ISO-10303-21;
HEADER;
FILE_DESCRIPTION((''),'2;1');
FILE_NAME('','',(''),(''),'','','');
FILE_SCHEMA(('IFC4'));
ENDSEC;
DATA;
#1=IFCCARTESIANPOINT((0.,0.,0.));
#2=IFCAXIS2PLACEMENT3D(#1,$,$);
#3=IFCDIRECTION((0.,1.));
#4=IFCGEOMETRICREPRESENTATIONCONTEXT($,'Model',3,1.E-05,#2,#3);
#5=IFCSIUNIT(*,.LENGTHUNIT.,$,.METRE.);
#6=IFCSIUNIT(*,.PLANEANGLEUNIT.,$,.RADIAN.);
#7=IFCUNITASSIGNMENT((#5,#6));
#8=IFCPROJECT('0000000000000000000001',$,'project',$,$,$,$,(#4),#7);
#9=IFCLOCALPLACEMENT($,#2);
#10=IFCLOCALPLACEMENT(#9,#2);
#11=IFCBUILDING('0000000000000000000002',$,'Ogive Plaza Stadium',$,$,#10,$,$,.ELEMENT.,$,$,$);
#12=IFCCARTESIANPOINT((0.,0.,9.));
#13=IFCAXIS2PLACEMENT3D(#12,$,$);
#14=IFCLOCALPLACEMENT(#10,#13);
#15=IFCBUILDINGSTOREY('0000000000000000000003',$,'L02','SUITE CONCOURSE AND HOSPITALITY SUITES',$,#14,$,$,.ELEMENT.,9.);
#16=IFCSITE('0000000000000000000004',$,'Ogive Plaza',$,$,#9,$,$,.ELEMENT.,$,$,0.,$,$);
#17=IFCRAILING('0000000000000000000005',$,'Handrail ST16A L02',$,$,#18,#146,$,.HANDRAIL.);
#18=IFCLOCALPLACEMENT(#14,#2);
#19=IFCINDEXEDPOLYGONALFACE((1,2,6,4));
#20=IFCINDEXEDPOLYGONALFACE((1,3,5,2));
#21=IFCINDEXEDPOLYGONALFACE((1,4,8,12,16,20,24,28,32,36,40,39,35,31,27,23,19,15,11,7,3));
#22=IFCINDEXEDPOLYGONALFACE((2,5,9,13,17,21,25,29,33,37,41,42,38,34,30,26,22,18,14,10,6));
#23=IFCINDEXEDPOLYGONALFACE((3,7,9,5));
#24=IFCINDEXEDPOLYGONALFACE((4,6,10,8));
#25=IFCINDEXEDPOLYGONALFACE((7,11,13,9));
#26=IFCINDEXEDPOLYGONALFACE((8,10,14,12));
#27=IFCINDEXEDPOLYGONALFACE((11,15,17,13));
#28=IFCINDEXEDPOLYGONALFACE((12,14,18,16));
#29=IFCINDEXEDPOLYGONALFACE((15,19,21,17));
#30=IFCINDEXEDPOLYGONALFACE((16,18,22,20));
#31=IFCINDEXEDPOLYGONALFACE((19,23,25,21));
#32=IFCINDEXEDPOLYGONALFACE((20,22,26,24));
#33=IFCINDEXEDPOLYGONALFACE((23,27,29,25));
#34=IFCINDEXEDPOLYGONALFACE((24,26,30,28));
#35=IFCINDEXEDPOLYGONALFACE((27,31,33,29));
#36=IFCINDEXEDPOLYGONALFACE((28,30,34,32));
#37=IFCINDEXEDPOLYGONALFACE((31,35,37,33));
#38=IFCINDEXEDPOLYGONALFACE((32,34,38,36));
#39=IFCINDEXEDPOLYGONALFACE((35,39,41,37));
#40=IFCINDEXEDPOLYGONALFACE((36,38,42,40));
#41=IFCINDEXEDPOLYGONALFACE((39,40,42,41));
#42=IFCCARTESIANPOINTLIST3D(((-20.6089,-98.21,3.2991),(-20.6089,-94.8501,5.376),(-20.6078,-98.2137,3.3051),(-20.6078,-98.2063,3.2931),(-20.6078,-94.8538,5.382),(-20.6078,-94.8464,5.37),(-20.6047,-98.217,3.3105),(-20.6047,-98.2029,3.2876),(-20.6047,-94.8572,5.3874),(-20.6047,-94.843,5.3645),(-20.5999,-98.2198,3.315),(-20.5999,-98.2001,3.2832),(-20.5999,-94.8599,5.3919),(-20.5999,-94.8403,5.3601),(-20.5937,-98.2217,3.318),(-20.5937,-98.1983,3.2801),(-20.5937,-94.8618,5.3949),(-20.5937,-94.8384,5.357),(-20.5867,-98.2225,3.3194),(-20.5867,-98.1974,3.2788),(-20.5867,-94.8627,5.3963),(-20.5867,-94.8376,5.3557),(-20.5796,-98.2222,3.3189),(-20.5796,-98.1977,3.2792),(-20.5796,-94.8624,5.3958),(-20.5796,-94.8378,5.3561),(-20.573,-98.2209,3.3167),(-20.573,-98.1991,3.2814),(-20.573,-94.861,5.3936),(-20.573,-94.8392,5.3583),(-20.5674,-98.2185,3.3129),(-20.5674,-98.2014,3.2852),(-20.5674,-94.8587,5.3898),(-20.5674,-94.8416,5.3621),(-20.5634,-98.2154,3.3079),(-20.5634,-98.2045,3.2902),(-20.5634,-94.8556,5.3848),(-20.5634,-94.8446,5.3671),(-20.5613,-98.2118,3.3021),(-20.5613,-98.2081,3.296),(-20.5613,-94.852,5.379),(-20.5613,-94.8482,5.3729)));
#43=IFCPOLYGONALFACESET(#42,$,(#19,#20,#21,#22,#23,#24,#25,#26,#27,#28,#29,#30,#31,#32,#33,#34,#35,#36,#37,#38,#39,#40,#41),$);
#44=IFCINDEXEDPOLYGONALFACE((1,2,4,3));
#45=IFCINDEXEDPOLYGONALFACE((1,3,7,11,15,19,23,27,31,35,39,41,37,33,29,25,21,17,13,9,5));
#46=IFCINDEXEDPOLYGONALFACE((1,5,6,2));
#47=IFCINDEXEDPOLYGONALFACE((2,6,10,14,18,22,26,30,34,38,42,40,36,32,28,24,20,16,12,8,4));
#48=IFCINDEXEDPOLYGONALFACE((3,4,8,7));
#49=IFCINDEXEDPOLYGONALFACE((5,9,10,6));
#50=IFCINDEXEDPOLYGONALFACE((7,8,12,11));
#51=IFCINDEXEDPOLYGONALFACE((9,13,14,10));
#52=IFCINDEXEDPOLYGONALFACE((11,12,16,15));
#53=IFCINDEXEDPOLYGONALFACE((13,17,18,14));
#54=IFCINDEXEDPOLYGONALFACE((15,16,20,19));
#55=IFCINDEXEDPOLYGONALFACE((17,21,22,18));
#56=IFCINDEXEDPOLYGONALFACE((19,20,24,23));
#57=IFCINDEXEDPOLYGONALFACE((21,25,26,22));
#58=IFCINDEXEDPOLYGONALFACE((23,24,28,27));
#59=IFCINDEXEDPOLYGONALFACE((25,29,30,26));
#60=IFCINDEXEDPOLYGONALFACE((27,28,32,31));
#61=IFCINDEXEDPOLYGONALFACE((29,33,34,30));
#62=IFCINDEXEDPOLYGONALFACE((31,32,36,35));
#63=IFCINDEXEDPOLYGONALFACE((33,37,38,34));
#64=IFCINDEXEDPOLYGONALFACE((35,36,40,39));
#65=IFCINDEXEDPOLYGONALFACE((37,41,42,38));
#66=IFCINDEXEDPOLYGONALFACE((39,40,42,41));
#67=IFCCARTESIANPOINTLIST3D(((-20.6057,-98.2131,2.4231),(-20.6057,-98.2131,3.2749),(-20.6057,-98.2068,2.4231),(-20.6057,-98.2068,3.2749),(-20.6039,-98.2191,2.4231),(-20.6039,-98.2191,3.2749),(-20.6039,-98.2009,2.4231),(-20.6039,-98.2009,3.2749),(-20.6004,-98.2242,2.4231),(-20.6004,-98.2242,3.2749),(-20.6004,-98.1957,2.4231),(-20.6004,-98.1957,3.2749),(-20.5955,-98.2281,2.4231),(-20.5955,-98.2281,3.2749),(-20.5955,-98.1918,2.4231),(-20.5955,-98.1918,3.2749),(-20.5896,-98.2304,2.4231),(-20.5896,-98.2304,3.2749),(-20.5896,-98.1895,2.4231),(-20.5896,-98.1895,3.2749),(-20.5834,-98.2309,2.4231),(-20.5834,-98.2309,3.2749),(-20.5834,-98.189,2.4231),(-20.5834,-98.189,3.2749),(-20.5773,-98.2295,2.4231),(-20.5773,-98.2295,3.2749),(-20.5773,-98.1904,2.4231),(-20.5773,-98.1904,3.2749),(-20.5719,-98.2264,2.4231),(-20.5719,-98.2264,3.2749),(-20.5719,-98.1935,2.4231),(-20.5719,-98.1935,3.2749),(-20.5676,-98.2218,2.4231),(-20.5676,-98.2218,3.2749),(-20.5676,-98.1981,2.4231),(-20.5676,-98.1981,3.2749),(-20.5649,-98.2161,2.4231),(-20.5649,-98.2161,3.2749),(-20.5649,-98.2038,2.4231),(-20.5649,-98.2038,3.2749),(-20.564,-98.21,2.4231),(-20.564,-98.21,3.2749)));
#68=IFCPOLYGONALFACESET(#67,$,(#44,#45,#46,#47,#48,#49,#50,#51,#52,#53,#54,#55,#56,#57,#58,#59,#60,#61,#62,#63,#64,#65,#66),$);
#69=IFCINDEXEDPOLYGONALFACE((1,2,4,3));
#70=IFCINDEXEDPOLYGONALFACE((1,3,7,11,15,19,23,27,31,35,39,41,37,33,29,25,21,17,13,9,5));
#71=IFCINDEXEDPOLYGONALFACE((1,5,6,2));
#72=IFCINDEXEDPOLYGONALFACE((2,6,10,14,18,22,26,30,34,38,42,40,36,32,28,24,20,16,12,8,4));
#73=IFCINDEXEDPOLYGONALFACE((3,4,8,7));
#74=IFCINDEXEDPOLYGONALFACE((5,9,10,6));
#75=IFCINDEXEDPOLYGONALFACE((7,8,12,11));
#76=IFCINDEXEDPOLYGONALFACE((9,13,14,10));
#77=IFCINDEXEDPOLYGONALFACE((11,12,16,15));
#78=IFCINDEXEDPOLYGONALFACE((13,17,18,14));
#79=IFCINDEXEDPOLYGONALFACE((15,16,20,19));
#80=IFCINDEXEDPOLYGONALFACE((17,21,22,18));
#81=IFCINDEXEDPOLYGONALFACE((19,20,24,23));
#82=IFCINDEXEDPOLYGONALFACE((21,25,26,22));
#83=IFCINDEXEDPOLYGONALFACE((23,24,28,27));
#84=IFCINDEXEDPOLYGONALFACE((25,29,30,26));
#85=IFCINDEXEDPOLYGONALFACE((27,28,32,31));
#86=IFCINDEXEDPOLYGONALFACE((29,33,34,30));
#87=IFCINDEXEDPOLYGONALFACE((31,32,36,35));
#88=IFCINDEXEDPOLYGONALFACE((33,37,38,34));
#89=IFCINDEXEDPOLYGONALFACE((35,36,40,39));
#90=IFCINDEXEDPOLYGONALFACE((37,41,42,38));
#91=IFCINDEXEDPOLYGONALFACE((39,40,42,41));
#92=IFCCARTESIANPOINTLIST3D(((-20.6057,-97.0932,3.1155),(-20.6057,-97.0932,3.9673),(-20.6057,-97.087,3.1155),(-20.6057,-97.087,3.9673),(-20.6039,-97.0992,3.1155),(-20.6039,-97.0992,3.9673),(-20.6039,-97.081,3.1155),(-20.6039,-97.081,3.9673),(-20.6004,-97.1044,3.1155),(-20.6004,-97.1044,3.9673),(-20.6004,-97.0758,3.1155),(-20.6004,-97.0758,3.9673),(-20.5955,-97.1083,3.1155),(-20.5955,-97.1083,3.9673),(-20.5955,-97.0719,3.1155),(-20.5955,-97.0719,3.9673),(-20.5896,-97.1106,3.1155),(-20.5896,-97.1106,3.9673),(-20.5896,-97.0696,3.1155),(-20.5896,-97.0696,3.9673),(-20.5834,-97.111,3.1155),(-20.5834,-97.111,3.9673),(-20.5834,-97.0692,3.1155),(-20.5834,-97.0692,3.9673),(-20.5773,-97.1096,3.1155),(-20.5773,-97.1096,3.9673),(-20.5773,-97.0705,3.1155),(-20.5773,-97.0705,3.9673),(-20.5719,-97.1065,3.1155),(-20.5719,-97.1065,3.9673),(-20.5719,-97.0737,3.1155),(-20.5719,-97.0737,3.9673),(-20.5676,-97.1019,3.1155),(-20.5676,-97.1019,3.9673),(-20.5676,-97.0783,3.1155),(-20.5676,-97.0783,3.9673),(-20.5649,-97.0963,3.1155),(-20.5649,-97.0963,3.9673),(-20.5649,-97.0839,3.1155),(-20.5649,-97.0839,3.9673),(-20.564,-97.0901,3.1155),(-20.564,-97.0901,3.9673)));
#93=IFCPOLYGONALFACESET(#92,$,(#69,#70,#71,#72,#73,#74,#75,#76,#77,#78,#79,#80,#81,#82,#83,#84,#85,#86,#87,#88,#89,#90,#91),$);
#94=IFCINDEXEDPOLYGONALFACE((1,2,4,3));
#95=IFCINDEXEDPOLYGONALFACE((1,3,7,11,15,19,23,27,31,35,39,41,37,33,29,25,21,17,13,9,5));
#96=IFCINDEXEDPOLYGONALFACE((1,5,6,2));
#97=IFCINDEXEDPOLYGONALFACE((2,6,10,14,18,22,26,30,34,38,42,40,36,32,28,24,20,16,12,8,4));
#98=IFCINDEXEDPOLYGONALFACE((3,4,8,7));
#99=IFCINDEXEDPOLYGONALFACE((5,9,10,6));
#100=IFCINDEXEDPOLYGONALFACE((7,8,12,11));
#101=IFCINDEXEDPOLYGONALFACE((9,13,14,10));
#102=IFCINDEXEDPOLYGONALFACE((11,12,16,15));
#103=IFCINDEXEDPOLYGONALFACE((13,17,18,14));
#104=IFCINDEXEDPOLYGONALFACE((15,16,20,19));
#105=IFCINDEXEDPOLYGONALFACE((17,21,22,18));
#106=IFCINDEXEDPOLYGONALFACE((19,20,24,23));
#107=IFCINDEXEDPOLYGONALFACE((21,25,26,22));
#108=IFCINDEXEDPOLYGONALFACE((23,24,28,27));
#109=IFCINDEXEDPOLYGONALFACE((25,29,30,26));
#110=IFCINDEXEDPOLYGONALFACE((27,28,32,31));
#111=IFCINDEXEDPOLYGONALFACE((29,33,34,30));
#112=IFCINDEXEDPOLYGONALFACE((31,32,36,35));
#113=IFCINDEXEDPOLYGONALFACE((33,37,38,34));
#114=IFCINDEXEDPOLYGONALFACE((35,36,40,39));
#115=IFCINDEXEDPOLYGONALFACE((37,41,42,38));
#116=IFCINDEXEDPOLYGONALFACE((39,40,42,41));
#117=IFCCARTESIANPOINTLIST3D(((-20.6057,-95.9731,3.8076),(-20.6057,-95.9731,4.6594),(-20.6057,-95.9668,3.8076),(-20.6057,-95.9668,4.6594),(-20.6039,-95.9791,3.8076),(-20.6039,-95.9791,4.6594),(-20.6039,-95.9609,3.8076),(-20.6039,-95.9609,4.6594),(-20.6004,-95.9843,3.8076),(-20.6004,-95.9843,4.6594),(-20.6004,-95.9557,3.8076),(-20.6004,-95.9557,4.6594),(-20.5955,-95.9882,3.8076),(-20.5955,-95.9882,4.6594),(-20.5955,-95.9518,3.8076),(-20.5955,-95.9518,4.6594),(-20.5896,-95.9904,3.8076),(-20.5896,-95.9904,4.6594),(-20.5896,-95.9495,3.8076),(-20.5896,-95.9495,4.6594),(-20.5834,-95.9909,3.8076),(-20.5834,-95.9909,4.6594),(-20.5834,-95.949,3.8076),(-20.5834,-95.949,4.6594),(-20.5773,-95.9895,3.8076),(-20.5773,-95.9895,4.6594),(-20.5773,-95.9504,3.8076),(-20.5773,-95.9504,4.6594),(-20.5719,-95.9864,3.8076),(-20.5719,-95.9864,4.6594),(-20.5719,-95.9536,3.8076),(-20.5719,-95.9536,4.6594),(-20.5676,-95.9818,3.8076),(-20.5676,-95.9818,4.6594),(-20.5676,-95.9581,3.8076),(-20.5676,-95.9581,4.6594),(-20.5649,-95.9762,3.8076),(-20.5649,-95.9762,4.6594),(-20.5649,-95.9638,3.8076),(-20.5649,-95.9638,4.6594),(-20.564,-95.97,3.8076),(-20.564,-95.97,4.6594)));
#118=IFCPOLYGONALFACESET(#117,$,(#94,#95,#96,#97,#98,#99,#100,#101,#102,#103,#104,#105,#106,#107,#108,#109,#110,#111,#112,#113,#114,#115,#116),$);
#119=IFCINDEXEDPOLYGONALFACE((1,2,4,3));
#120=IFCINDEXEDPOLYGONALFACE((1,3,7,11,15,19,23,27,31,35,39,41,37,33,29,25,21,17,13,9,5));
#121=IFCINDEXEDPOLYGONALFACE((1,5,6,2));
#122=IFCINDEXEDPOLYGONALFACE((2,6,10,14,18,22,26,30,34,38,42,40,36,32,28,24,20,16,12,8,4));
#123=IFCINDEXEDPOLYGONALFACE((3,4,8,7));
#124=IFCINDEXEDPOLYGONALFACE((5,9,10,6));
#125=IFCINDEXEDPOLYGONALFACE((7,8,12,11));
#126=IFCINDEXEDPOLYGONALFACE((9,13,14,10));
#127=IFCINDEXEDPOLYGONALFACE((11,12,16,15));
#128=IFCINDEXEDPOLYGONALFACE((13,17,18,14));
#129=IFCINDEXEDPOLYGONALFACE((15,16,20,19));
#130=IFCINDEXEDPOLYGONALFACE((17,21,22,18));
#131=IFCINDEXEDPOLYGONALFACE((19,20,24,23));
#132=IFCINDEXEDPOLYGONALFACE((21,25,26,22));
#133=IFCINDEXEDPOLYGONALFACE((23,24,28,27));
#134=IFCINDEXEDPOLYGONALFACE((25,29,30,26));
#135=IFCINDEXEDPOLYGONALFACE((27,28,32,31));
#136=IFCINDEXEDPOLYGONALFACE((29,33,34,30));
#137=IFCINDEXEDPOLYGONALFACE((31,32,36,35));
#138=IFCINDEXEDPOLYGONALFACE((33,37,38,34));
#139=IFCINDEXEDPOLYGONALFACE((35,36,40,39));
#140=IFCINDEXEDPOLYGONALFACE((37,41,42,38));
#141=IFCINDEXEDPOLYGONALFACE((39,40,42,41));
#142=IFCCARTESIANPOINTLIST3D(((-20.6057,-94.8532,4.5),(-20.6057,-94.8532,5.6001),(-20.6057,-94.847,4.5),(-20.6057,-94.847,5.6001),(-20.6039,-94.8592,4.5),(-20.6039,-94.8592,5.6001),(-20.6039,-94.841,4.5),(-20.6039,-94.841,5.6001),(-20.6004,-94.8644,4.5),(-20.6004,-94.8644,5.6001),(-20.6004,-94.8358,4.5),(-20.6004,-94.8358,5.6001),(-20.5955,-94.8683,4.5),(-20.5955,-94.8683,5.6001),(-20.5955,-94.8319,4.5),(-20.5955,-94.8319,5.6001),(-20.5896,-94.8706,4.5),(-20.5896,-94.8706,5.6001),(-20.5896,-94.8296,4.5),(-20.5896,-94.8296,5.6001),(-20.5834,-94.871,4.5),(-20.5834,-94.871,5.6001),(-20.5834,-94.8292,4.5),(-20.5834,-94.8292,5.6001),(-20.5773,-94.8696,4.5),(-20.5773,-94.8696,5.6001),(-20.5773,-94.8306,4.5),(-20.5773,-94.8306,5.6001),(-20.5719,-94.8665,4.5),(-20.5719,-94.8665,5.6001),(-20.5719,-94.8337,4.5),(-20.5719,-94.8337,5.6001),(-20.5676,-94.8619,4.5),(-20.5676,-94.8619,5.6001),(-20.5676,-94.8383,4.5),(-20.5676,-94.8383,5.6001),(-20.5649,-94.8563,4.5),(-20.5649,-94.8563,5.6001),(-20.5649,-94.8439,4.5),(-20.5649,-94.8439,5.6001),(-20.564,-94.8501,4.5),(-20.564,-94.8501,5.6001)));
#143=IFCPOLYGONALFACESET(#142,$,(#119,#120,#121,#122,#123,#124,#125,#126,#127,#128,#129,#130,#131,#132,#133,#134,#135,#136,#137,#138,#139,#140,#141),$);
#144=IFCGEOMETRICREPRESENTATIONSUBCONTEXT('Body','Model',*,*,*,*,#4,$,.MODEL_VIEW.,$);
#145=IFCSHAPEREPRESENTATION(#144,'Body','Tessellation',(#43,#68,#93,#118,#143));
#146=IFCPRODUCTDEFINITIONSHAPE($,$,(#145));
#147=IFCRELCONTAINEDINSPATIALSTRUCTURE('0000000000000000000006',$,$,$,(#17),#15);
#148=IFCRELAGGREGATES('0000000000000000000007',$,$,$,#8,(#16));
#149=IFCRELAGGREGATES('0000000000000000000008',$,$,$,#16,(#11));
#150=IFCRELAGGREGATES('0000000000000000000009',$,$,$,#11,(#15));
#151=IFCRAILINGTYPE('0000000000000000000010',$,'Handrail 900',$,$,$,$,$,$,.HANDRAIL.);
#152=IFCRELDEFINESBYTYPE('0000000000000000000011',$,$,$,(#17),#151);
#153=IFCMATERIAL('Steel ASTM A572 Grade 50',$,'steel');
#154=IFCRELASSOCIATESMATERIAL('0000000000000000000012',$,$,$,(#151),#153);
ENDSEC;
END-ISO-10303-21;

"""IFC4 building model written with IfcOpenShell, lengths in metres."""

from ifc_helpers import new_model, si_unit, direction, frame, origin, origin_2d, place, context, subcontext, project, spatial, circle, extrude, material, type_object, element, save


model = new_model("IFC4")

# Units and contexts
model_context = context("Model", 3, precision=1e-05, world=origin(), true_north=direction((0.0, 1.0)))
body_context = subcontext(model_context, "Body", "Model", "MODEL_VIEW")
ifc_project = project(units=[si_unit("LENGTHUNIT", "METRE"), si_unit("PLANEANGLEUNIT", "RADIAN")], contexts=[model_context])

# Site, building, storey
site_placement = place(None, origin())
site = spatial("IfcSite", under=ifc_project, at=site_placement, Name="Ogive Plaza", CompositionType="ELEMENT", RefElevation=0.0)
building_placement = place(site_placement, origin())
building = spatial("IfcBuilding", under=site, at=building_placement, Name="Ogive Plaza Stadium", CompositionType="ELEMENT")
storey_placement = place(building_placement, frame((0.0, 0.0, 9.0)))
storey = spatial("IfcBuildingStorey", under=building, at=storey_placement, Name="L02", Description="SUITE CONCOURSE AND HOSPITALITY SUITES", CompositionType="ELEMENT", Elevation=9.0)

# Railing
ifc_material_1 = material(Name="Steel ASTM A572 Grade 50", Category="steel")
railing_type_1 = type_object("IfcRailingType", Name="Handrail 900", PredefinedType="HANDRAIL", material=ifc_material_1)
for number, where, name in (
    (1, (-20.585, -98.21, 2.4231), "Handrail ST16A L02"),
):
    element("IfcRailing", number, at=place(storey_placement, frame(where)), inside=storey, type_object=railing_type_1, Name=name, PredefinedType="HANDRAIL", context=body_context, shape_type="SweptSolid", body=[
        extrude(circle(Radius=0.0239, at=origin_2d()), frame((0.0, 0.0, 0.876), z_axis=(0.0, 0.850606, 0.525803), x_axis=(-1.0, 0.0, 0.0)), (0.0, 0.0, 1.0), 3.95),
        extrude(circle(Radius=0.021, at=origin_2d()), origin(), (0.0, 0.0, 1.0), 0.8518),
        extrude(circle(Radius=0.021, at=origin_2d()), frame((0.0, 1.1199, 0.6924)), (0.0, 0.0, 1.0), 0.8518),
        extrude(circle(Radius=0.021, at=origin_2d()), frame((0.0, 2.24, 1.3845)), (0.0, 0.0, 1.0), 0.8518),
        extrude(circle(Radius=0.021, at=origin_2d()), frame((0.0, 3.3599, 2.0769)), (0.0, 0.0, 1.0), 1.1001),
    ])

save(model, "model.ifc")
